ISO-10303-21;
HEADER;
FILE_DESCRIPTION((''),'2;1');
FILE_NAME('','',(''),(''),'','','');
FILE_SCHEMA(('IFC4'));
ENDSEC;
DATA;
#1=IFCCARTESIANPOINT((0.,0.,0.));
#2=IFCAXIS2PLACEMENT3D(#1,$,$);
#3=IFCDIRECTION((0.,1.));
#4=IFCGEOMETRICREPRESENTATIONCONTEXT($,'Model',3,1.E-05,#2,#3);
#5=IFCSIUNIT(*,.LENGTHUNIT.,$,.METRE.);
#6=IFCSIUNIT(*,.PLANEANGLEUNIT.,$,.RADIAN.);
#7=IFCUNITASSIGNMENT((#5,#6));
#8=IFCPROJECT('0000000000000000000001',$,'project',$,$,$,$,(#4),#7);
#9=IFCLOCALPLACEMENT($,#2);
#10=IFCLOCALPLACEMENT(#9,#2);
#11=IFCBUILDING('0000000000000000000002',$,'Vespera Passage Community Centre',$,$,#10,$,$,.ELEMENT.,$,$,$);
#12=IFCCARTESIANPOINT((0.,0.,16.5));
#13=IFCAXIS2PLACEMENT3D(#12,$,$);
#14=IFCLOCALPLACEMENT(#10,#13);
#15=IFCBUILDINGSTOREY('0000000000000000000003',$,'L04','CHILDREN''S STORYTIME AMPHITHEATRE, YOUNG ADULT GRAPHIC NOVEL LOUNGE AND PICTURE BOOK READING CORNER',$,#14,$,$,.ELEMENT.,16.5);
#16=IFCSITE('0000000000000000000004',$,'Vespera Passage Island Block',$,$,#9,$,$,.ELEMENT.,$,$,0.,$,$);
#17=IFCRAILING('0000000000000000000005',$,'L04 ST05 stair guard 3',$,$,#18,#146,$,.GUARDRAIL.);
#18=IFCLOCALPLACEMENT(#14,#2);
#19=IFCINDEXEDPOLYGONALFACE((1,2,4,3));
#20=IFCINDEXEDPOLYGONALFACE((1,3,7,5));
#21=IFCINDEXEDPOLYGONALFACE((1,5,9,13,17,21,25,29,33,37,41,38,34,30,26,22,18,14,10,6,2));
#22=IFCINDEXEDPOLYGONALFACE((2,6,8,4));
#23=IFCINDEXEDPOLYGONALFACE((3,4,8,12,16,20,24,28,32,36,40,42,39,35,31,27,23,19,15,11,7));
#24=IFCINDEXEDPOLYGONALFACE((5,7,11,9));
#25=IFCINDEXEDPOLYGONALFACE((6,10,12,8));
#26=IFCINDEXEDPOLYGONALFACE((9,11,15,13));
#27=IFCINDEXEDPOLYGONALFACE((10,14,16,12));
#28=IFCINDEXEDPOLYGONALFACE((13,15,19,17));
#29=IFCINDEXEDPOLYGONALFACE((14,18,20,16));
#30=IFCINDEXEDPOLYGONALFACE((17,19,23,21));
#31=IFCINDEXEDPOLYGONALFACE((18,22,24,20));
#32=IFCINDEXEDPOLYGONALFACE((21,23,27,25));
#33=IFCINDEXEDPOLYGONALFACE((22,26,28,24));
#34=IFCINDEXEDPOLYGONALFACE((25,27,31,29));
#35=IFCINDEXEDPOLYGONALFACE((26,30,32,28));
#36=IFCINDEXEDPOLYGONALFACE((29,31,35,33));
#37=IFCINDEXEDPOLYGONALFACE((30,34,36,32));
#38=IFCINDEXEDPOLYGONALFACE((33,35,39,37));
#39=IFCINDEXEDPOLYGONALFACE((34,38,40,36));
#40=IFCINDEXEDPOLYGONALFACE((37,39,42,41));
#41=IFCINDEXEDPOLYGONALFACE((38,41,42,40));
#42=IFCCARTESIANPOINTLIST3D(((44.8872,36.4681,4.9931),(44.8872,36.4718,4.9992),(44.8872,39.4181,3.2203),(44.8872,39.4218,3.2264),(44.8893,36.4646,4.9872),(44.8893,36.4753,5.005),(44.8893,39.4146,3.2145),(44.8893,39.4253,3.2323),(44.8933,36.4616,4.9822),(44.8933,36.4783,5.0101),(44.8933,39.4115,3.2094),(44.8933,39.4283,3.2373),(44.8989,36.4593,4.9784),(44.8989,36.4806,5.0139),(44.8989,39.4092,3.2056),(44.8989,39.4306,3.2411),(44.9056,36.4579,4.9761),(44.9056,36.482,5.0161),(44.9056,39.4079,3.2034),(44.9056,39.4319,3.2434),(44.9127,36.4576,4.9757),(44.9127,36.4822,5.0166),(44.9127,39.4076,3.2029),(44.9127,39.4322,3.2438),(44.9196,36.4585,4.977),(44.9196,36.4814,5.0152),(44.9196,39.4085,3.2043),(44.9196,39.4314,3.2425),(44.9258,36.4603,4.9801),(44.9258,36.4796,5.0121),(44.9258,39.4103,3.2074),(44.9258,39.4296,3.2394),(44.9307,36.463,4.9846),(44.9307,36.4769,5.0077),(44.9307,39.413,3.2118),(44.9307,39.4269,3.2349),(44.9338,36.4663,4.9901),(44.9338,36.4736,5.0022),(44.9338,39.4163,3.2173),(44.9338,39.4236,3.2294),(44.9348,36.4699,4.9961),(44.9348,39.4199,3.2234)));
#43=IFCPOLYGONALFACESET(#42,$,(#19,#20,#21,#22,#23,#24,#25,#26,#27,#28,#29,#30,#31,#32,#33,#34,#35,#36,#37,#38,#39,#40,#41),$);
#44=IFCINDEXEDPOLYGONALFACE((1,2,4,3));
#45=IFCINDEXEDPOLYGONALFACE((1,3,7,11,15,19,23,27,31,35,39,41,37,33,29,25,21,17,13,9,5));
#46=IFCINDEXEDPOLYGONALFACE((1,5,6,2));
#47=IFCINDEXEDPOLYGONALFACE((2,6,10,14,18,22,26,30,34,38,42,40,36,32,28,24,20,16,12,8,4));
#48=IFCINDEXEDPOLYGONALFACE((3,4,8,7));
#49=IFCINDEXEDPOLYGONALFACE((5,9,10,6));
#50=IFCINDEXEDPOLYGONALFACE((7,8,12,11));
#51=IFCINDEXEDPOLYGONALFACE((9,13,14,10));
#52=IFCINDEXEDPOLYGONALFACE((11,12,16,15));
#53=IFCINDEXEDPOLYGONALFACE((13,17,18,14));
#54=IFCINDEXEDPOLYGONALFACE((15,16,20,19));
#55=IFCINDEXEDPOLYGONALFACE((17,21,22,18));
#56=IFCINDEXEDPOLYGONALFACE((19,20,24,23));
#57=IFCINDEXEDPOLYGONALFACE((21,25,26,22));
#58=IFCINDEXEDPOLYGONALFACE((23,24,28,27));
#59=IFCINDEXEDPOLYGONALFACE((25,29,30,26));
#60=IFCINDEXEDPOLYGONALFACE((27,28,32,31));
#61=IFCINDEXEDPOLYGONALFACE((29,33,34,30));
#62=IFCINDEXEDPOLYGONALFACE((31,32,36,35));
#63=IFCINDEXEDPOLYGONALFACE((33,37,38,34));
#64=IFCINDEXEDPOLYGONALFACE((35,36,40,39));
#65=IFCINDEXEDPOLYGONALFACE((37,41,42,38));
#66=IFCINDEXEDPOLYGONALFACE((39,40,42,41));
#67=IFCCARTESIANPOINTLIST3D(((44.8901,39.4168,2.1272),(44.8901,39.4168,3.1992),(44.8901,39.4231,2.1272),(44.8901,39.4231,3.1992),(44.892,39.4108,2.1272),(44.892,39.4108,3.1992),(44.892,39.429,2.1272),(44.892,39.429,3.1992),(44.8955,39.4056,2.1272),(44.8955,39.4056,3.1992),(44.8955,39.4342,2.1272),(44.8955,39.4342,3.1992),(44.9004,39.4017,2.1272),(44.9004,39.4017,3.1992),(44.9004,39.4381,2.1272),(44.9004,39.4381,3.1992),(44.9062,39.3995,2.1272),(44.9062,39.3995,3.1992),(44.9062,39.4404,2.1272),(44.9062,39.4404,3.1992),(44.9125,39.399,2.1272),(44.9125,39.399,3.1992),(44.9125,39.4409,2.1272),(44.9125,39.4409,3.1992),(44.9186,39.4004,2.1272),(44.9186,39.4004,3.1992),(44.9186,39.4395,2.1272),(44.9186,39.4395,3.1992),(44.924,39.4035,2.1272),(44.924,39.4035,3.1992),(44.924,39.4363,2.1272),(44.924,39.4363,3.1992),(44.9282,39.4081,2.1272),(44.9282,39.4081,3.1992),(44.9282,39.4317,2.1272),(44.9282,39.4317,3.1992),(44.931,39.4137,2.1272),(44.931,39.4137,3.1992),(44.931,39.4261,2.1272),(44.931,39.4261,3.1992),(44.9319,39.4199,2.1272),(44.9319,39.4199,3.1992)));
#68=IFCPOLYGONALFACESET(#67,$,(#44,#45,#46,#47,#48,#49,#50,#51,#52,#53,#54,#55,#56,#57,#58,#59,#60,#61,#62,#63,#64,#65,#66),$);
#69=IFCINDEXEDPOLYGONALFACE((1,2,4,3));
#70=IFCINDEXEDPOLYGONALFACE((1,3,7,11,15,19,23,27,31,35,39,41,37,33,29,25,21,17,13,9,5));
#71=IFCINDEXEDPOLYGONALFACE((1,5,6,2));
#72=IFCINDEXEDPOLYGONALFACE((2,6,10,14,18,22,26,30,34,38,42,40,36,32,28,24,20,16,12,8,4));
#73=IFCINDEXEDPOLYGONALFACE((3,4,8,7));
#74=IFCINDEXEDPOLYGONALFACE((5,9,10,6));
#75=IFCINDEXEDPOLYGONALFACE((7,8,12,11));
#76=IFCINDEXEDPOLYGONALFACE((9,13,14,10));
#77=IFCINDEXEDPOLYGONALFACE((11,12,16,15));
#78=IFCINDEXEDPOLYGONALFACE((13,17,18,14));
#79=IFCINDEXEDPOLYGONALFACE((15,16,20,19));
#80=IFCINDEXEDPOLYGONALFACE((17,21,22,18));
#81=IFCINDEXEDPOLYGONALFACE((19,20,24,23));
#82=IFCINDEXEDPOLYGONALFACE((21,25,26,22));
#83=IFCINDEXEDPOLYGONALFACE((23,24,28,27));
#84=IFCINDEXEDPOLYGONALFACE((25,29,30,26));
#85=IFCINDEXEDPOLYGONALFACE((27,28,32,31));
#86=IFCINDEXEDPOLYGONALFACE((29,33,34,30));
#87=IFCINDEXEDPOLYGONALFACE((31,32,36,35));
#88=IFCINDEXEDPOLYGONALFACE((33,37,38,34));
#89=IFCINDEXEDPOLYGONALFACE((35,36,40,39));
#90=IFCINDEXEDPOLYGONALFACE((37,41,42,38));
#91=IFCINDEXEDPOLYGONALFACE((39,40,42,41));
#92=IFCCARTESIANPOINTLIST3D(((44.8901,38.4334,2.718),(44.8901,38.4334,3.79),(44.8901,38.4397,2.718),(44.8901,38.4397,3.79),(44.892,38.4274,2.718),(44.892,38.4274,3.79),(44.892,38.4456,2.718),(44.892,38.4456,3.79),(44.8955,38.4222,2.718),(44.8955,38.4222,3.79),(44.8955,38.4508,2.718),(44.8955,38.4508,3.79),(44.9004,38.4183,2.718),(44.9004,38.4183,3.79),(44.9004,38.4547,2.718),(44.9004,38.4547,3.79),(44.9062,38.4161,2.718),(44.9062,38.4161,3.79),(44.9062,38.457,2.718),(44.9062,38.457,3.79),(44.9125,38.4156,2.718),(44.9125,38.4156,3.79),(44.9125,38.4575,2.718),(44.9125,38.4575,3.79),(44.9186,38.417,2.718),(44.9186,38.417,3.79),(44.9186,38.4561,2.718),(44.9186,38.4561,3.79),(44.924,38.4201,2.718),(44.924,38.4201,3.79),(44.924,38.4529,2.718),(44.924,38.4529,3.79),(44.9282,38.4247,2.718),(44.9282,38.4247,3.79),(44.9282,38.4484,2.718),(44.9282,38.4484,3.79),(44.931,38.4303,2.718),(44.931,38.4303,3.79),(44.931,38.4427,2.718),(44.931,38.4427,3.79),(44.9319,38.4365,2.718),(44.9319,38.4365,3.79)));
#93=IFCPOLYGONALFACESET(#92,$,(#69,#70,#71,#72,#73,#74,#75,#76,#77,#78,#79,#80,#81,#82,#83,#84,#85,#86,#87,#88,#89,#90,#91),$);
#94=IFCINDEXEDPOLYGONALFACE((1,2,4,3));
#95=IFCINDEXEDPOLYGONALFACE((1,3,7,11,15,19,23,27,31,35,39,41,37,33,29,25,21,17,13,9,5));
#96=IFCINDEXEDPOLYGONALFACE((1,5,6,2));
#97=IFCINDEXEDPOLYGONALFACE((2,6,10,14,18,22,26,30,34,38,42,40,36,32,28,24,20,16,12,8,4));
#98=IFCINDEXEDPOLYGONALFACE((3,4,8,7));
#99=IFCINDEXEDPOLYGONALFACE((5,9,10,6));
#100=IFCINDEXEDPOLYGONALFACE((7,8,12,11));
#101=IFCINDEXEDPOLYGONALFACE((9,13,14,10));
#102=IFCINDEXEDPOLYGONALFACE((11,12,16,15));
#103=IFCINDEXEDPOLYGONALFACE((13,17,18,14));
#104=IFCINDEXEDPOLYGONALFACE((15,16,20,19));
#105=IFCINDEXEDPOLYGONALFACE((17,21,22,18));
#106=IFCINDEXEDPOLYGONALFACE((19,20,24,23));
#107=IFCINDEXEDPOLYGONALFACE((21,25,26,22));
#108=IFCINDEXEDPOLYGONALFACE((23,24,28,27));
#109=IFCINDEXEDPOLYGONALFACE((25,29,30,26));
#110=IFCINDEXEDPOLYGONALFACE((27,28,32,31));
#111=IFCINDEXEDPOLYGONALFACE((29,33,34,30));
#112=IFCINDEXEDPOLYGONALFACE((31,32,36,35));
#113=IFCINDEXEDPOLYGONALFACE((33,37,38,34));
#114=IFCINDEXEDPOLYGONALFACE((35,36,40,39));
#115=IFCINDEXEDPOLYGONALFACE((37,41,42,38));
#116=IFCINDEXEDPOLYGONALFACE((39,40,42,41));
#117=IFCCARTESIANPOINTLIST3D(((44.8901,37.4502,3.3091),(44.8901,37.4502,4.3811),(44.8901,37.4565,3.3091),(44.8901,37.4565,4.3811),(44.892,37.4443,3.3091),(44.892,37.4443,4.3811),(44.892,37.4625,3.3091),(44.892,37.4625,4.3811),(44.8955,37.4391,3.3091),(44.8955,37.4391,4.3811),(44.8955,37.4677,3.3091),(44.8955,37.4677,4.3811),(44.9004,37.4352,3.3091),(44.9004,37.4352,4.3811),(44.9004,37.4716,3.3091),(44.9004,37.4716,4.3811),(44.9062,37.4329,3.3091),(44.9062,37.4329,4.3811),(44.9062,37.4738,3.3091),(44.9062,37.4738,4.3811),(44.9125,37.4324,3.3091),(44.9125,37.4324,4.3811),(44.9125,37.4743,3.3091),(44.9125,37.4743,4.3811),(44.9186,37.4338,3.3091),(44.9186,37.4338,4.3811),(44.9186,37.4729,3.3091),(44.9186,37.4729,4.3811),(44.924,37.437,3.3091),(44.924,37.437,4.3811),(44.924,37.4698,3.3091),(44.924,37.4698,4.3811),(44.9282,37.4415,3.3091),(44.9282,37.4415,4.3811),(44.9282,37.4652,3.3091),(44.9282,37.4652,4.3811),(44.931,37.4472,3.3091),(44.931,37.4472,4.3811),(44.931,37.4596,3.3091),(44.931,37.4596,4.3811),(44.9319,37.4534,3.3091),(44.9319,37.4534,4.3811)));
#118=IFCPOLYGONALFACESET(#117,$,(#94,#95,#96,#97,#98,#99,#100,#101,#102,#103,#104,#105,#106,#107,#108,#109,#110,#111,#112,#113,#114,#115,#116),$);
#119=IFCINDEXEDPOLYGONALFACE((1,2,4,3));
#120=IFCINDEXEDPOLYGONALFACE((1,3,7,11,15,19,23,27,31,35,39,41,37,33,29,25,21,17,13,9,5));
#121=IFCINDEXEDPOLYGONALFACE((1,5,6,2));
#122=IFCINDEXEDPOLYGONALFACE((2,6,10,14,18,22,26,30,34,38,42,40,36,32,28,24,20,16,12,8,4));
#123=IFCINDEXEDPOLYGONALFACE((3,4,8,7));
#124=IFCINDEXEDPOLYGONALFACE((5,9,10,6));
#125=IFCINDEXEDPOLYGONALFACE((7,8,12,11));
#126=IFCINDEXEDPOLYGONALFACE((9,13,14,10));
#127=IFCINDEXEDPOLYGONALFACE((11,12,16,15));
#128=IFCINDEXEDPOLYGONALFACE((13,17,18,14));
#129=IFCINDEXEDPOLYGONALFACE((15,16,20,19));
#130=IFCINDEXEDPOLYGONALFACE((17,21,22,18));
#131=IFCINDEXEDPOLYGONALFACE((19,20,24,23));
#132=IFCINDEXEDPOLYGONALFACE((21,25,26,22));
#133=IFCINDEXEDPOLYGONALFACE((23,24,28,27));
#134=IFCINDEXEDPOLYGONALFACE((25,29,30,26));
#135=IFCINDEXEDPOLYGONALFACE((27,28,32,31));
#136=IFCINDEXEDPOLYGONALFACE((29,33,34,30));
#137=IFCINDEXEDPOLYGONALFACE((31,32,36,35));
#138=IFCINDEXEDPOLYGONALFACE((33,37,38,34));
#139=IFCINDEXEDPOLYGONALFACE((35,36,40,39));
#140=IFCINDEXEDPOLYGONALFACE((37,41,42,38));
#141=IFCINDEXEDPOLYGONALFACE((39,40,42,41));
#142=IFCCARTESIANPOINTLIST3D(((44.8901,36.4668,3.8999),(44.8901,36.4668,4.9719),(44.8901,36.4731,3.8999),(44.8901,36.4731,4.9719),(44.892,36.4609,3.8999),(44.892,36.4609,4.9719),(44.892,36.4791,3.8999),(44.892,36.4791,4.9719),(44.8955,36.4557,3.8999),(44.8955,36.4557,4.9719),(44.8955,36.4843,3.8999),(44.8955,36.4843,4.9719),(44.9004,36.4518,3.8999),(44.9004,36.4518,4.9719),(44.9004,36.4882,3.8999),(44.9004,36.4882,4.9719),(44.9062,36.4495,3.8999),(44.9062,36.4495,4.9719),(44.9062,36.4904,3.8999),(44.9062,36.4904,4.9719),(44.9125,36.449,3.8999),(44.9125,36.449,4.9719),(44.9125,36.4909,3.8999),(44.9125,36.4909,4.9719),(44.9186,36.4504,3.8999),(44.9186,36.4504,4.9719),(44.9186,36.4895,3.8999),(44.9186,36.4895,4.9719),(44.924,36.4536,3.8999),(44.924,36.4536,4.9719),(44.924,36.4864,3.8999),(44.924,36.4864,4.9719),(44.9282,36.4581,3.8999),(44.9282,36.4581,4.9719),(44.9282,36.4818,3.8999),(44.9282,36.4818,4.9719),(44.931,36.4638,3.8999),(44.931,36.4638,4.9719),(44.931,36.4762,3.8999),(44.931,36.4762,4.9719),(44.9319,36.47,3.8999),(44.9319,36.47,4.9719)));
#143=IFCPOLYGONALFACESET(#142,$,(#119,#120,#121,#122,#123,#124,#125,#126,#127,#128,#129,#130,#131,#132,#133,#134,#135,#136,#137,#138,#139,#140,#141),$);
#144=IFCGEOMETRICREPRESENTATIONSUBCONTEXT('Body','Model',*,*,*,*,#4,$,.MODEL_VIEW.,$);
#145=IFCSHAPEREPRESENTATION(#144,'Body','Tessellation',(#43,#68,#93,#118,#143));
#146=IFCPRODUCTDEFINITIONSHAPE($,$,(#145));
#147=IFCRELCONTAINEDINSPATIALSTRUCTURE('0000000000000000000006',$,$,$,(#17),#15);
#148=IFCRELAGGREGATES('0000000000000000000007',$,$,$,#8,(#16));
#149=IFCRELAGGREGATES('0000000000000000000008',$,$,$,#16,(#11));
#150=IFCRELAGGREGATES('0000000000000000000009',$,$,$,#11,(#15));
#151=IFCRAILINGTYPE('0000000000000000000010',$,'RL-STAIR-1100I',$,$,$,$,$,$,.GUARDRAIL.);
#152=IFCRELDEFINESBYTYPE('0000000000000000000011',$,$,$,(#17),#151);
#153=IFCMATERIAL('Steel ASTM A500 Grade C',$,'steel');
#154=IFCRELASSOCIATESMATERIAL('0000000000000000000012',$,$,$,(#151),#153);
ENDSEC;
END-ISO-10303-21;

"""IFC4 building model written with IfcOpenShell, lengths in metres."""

from ifc_helpers import new_model, si_unit, direction, frame, origin, origin_2d, place, context, subcontext, project, spatial, circle, extrude, material, type_object, element, save


model = new_model("IFC4")

# Units and contexts
model_context = context("Model", 3, precision=1e-05, world=origin(), true_north=direction((0.0, 1.0)))
body_context = subcontext(model_context, "Body", "Model", "MODEL_VIEW")
ifc_project = project(units=[si_unit("LENGTHUNIT", "METRE"), si_unit("PLANEANGLEUNIT", "RADIAN")], contexts=[model_context])

# Site, building, storey
site_placement = place(None, origin())
site = spatial("IfcSite", under=ifc_project, at=site_placement, Name="Vespera Passage Island Block", CompositionType="ELEMENT", RefElevation=0.0)
building_placement = place(site_placement, origin())
building = spatial("IfcBuilding", under=site, at=building_placement, Name="Vespera Passage Community Centre", CompositionType="ELEMENT")
storey_placement = place(building_placement, frame((0.0, 0.0, 16.5)))
storey = spatial("IfcBuildingStorey", under=building, at=storey_placement, Name="L04", Description="CHILDREN'S STORYTIME AMPHITHEATRE, YOUNG ADULT GRAPHIC NOVEL LOUNGE AND PICTURE BOOK READING CORNER", CompositionType="ELEMENT", Elevation=16.5)

# Railing
ifc_material_1 = material(Name="Steel ASTM A500 Grade C", Category="steel")
railing_type_1 = type_object("IfcRailingType", Name="RL-STAIR-1100I", PredefinedType="GUARDRAIL", material=ifc_material_1)
railing_1_placement = place(storey_placement, frame((44.9109, 39.4199, 2.1272)))
element("IfcRailing", 1, at=railing_1_placement, inside=storey, type_object=railing_type_1, Name="L04 ST05 stair guard 3", PredefinedType="GUARDRAIL", context=body_context, shape_type="SweptSolid", body=[
    extrude(circle(Radius=0.0239, at=origin_2d()), frame((0.0, 0.0, 1.0962), z_axis=(0.0, -0.857142, 0.51508), x_axis=(1.0, 0.0, 0.0)), (0.0, 0.0, 1.0), 3.4417),
    extrude(circle(Radius=0.021, at=origin_2d()), origin(), (0.0, 0.0, 1.0), 1.072),
    extrude(circle(Radius=0.021, at=origin_2d()), frame((0.0, -0.9834, 0.5908)), (0.0, 0.0, 1.0), 1.072),
    extrude(circle(Radius=0.021, at=origin_2d()), frame((0.0, -1.9666, 1.1819)), (0.0, 0.0, 1.0), 1.072),
    extrude(circle(Radius=0.021, at=origin_2d()), frame((0.0, -2.95, 1.7727)), (0.0, 0.0, 1.0), 1.072),
])

save(model, "model.ifc")
